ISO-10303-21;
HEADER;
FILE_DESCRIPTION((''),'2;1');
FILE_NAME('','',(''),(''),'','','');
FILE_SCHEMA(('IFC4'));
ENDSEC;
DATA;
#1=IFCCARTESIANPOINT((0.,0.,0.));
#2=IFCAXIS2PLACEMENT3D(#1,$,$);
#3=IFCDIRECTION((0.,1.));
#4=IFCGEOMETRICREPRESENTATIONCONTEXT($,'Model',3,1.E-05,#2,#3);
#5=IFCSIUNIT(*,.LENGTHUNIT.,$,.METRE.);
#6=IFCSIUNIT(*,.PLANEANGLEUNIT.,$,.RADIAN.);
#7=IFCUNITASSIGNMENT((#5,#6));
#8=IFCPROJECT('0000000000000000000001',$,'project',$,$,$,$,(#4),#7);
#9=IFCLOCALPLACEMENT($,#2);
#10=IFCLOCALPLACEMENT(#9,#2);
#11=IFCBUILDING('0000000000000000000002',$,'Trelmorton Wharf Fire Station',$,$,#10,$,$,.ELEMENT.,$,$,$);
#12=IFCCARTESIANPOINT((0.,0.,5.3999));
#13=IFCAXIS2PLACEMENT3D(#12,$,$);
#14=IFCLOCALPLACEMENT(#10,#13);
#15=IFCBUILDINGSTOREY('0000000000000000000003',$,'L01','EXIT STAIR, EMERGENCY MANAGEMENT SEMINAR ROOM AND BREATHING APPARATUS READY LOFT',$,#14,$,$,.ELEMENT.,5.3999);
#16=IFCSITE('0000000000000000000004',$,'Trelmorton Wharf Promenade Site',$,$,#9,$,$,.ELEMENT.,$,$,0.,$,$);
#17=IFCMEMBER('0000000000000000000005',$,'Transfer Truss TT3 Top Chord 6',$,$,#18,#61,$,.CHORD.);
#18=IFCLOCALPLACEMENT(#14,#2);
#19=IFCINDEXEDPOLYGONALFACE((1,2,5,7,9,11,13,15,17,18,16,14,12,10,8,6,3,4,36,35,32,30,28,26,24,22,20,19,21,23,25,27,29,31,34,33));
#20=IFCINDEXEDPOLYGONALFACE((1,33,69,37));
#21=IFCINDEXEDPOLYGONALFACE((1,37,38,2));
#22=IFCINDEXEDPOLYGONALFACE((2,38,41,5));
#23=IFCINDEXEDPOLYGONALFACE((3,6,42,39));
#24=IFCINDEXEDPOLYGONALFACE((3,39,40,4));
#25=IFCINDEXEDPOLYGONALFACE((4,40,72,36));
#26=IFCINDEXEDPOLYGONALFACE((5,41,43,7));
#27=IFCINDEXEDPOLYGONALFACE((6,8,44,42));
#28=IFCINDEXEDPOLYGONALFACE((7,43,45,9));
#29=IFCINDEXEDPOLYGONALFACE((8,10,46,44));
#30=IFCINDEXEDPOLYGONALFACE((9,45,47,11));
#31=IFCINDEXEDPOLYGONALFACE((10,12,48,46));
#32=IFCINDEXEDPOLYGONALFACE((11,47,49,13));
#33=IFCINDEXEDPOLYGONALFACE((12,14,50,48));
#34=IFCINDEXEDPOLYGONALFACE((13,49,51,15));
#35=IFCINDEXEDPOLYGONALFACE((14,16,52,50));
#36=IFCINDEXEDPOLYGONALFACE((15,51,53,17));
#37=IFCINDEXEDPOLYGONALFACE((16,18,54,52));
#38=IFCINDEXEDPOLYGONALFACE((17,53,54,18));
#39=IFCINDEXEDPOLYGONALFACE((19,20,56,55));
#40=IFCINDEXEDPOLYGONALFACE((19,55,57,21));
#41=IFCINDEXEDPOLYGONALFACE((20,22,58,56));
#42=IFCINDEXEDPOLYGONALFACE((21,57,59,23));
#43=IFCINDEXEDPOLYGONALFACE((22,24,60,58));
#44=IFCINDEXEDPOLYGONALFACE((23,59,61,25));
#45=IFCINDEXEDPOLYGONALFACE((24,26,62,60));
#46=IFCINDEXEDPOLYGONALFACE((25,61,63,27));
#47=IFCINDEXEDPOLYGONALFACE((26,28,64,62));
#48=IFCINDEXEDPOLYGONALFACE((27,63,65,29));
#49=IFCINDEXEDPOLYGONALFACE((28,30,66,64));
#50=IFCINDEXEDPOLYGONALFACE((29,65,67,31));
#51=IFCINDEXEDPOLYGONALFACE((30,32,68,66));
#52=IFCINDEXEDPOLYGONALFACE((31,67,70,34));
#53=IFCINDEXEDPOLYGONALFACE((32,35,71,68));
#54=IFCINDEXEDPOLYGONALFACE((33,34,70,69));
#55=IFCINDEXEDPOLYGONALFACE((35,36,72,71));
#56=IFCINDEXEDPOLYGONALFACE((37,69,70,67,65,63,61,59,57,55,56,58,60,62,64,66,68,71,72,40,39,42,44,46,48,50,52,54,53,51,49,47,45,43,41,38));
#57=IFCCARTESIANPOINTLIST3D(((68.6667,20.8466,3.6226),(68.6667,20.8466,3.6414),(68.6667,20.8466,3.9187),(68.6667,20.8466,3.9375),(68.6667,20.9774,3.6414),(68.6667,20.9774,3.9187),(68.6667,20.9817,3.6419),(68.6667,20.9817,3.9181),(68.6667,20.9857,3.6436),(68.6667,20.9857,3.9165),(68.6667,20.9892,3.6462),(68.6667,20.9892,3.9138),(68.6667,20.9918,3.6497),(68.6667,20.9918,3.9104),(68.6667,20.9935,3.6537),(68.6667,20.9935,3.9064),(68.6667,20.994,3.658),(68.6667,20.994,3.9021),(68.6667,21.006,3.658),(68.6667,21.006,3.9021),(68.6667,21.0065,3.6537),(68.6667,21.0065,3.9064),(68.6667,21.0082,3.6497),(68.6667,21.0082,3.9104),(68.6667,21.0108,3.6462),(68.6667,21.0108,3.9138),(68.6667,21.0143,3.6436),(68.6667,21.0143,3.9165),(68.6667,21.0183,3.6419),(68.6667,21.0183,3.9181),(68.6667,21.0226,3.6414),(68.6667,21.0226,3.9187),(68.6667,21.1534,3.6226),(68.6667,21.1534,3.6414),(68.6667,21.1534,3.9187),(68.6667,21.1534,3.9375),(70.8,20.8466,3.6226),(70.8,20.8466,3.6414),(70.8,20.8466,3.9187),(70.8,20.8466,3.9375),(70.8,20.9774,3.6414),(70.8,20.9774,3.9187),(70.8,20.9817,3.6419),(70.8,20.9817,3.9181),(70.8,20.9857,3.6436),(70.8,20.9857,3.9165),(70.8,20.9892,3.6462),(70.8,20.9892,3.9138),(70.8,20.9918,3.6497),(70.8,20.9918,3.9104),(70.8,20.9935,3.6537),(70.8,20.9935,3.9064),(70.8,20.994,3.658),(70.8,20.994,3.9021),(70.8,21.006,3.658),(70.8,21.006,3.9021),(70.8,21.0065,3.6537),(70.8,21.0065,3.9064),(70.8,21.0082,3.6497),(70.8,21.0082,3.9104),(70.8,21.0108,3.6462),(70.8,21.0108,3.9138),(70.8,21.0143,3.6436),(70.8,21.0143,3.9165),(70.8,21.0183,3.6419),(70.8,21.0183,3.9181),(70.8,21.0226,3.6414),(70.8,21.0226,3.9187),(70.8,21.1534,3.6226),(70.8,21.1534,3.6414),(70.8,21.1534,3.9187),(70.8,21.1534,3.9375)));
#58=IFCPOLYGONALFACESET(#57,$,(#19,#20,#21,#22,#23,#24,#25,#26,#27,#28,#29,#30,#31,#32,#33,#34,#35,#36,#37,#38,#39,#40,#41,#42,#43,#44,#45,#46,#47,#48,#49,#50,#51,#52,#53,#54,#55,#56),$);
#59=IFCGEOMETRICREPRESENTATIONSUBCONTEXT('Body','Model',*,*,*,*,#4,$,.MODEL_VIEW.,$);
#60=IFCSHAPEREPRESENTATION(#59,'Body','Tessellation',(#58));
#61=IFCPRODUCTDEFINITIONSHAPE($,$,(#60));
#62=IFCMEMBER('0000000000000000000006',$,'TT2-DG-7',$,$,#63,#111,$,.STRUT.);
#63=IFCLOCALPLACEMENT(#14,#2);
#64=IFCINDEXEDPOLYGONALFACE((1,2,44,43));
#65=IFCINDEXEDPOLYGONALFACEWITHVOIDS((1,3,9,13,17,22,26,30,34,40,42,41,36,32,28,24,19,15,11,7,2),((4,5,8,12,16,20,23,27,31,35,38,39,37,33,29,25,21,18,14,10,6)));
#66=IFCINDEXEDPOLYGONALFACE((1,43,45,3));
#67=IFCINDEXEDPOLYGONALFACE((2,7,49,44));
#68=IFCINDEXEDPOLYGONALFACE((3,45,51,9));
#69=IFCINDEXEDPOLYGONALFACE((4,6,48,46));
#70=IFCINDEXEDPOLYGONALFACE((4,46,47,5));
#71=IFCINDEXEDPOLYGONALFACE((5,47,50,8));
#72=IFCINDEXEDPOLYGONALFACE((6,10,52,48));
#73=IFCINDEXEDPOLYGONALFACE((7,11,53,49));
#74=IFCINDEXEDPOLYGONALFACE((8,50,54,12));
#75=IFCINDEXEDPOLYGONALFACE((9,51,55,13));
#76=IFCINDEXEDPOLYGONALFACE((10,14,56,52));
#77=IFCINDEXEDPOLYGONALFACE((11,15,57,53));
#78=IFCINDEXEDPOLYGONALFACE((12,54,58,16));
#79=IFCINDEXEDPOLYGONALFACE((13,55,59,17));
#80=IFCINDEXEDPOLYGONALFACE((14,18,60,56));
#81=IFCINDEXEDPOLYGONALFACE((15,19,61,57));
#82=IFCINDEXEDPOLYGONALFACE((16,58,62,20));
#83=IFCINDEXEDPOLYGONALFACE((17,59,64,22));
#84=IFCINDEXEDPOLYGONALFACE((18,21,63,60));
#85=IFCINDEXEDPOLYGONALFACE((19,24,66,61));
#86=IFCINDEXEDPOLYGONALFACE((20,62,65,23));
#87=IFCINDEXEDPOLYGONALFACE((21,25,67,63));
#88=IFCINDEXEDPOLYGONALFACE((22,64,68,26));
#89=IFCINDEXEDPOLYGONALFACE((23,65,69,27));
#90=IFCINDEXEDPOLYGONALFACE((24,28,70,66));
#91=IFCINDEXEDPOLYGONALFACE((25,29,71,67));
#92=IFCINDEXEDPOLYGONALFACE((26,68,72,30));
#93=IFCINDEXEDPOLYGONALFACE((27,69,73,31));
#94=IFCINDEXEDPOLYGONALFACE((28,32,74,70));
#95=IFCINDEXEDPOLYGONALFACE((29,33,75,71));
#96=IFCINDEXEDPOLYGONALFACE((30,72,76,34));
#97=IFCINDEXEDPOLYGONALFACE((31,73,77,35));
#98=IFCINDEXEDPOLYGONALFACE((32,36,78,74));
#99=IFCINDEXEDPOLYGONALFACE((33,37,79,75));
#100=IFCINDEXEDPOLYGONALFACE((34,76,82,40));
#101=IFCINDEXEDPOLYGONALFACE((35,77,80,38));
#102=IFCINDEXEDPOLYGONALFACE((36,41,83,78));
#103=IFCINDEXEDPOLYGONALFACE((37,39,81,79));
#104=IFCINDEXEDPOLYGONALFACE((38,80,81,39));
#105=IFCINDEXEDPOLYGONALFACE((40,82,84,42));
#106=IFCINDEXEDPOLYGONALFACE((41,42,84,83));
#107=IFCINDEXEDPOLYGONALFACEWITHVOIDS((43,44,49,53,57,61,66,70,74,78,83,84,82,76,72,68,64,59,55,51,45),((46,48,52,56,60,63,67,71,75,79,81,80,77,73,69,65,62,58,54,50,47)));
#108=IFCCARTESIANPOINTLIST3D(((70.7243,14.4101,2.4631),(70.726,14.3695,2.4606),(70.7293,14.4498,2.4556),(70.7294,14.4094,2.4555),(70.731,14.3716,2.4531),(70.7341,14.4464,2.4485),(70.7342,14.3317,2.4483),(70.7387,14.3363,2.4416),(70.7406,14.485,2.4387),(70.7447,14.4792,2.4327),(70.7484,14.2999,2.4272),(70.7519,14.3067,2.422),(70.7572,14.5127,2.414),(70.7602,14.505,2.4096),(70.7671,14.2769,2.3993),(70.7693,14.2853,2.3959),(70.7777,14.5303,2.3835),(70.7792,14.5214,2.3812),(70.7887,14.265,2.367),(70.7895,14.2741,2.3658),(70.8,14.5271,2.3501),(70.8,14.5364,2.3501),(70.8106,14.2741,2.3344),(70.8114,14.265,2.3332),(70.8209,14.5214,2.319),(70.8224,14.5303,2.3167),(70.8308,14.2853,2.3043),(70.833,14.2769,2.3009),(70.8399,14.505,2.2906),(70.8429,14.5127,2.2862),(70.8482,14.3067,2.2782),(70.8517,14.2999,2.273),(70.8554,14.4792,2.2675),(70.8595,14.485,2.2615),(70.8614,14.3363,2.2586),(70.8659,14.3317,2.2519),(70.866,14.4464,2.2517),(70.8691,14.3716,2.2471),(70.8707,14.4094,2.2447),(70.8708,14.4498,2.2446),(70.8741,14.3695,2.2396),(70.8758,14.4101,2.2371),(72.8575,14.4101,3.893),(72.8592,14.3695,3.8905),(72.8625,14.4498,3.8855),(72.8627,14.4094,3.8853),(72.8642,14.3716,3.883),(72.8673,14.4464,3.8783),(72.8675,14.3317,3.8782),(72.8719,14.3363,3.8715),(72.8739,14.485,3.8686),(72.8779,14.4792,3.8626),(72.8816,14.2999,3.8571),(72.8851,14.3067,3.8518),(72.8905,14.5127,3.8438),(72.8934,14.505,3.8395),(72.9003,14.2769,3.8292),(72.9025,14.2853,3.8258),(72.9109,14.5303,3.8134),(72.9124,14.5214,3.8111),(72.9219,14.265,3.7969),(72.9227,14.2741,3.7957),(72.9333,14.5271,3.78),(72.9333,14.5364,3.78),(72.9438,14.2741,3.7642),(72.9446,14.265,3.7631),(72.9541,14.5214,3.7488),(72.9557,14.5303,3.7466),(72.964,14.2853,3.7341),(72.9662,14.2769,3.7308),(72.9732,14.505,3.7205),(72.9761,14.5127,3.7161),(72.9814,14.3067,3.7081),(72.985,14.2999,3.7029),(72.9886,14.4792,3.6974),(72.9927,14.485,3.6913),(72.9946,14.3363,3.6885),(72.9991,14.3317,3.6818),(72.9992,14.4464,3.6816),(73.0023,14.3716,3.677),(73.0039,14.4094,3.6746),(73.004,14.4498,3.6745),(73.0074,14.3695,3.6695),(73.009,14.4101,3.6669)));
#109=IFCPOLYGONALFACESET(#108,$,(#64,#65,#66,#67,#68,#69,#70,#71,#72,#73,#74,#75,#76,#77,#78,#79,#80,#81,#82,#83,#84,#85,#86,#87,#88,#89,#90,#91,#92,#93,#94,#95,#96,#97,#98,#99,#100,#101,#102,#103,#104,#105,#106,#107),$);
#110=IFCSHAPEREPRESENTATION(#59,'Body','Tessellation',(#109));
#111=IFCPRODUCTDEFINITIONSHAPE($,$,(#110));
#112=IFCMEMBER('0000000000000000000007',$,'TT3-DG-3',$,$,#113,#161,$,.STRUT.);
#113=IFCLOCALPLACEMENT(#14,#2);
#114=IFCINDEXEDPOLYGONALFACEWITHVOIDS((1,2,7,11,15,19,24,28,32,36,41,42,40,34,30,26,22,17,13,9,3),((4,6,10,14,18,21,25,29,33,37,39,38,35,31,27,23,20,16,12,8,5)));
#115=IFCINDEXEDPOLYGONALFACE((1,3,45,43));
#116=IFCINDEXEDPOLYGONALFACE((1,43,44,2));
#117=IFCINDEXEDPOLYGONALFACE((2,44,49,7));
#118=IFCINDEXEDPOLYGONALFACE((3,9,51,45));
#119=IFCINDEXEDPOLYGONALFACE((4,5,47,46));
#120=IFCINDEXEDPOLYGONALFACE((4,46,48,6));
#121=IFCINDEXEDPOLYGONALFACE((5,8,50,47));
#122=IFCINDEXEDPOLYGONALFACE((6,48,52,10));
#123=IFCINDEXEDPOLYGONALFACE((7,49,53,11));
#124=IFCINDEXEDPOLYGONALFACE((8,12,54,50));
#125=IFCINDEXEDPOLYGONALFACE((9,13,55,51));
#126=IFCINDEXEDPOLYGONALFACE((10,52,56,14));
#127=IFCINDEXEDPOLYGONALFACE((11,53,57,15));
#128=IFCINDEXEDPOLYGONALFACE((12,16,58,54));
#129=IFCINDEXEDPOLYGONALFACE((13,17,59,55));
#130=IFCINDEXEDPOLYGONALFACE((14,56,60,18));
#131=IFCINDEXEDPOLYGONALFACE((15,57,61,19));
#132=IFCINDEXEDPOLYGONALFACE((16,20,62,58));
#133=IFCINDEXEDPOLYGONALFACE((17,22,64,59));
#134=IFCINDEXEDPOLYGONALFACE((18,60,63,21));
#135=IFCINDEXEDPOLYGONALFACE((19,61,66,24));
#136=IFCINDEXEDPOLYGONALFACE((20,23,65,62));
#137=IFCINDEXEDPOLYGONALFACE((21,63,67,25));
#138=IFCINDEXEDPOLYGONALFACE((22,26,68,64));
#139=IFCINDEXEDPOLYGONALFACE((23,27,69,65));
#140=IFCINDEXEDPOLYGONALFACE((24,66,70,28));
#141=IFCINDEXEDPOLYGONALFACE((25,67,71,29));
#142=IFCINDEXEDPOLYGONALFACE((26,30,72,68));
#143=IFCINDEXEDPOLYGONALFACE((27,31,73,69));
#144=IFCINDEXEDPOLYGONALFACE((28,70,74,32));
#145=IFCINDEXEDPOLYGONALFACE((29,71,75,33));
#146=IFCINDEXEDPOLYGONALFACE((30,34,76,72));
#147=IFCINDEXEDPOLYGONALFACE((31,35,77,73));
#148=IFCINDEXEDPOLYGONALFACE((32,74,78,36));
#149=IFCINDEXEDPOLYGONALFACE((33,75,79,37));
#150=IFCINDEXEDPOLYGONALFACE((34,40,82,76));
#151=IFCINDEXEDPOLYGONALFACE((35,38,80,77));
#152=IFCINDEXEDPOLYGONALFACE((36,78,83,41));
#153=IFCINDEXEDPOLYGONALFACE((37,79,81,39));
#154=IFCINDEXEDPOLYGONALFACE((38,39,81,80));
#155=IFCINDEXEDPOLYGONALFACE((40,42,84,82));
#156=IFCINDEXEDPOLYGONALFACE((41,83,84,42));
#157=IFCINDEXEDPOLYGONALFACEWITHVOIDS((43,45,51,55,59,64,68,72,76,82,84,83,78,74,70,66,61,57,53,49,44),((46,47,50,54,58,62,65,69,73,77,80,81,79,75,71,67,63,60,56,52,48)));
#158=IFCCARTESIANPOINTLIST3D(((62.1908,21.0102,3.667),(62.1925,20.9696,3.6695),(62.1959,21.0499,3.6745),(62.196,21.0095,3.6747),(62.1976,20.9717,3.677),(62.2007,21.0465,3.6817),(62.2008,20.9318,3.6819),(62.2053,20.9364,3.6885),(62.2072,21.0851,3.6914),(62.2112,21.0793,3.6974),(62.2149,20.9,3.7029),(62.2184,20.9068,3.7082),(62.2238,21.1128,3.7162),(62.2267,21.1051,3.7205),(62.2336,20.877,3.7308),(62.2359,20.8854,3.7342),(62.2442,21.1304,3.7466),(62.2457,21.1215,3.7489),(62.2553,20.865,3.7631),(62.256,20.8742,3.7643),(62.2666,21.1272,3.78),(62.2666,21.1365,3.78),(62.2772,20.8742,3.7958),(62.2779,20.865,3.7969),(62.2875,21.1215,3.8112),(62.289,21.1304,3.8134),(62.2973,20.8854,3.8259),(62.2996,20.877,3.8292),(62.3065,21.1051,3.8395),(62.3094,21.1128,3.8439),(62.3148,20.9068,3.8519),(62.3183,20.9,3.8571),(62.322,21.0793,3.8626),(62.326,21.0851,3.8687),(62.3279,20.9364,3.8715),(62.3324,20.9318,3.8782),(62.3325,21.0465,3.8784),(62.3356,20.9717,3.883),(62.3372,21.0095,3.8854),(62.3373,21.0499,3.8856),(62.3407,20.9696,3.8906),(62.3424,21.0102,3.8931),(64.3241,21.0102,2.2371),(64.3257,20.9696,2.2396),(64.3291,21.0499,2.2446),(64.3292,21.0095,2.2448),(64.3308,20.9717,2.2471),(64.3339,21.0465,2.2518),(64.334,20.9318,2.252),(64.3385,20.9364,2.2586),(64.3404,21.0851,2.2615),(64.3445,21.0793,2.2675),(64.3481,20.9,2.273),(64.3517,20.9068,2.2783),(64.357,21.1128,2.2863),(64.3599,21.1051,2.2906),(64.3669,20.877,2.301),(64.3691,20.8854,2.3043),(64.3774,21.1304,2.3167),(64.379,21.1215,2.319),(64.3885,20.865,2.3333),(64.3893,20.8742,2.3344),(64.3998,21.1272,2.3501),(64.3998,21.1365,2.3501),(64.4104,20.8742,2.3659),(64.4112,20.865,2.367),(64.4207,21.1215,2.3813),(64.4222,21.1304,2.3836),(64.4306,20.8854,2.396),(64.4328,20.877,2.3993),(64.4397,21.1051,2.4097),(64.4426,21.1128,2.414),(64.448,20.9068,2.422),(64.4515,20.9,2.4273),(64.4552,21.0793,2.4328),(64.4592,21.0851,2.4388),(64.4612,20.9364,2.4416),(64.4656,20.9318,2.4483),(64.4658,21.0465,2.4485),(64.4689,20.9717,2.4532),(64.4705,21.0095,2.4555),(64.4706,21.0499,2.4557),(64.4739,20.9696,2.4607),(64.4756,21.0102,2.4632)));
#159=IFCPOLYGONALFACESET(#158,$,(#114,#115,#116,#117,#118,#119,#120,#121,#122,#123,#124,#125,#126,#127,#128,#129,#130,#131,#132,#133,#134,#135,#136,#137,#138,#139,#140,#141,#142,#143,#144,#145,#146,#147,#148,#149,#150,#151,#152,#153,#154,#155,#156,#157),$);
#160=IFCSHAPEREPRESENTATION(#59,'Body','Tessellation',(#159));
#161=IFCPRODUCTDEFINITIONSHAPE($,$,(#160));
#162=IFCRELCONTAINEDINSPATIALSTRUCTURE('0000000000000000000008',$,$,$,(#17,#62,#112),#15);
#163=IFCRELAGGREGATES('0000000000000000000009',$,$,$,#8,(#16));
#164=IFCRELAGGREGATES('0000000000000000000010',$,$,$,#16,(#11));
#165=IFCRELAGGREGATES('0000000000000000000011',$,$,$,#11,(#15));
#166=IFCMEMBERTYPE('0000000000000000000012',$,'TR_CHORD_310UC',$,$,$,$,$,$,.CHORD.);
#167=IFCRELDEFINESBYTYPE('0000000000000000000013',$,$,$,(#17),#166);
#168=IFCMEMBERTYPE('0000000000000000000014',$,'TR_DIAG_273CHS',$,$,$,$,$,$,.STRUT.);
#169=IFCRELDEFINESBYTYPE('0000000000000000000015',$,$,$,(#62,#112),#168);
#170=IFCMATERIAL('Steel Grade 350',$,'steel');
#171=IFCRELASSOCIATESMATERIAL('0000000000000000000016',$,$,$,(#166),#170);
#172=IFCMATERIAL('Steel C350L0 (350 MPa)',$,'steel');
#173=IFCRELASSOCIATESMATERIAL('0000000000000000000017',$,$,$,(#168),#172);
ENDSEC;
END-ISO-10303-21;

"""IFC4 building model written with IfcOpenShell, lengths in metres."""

from ifc_helpers import new_model, si_unit, direction, frame, origin, origin_2d, place, context, subcontext, project, spatial, hollow_circle, i_section, extrude, material, material_profile, profile_set, type_object, element, save


model = new_model("IFC4")

# Units and contexts
model_context = context("Model", 3, precision=1e-05, world=origin(), true_north=direction((0.0, 1.0)))
body_context = subcontext(model_context, "Body", "Model", "MODEL_VIEW")
ifc_project = project(units=[si_unit("LENGTHUNIT", "METRE"), si_unit("PLANEANGLEUNIT", "RADIAN")], contexts=[model_context])

# Site, building, storey
site_placement = place(None, origin())
site = spatial("IfcSite", under=ifc_project, at=site_placement, Name="Trelmorton Wharf Promenade Site", CompositionType="ELEMENT", RefElevation=0.0)
building_placement = place(site_placement, origin())
building = spatial("IfcBuilding", under=site, at=building_placement, Name="Trelmorton Wharf Fire Station", CompositionType="ELEMENT")
storey_placement = place(building_placement, frame((0.0, 0.0, 5.3999)))
storey = spatial("IfcBuildingStorey", under=building, at=storey_placement, Name="L01", Description="EXIT STAIR, EMERGENCY MANAGEMENT SEMINAR ROOM AND BREATHING APPARATUS READY LOFT", CompositionType="ELEMENT", Elevation=5.3999)

# Shared definitions
ifc_material_1 = material(Name="Steel Grade 350", Category="steel")

# Members
ifc_material_profile_1 = material_profile(ifc_material_1, i_section(OverallWidth=0.3069, OverallDepth=0.3149, WebThickness=0.012, FlangeThickness=0.0188, FilletRadius=0.0166, at=origin_2d()), Name="310UC118")
ifc_profile_set_1 = profile_set([ifc_material_profile_1], Name="Steel Grade 350")
member_type_1 = type_object("IfcMemberType", Name="TR_CHORD_310UC", PredefinedType="CHORD", material=ifc_profile_set_1)
for number, where, z_axis, x_axis, name in (
    (1, (68.6667, 21.0, 3.78), (1.0, 0.0, 0.0), (0.0, 1.0, 0.0), "Transfer Truss TT3 Top Chord 6"),
):
    element("IfcMember", number, at=place(storey_placement, frame(where, z_axis=z_axis, x_axis=x_axis)), inside=storey, type_object=member_type_1, Name=name, PredefinedType="CHORD", context=body_context, shape_type="SweptSolid", body=[
        extrude(i_section(OverallWidth=0.3069, OverallDepth=0.3149, WebThickness=0.012, FlangeThickness=0.0188, FilletRadius=0.0166, at=origin_2d()), origin(), (0.0, 0.0, 1.0), 2.1333),
    ])
ifc_material_2 = material(Name="Steel C350L0 (350 MPa)", Category="steel")
ifc_material_profile_2 = material_profile(ifc_material_2, hollow_circle(Radius=0.1365, WallThickness=0.0093, at=origin_2d()), Name="273.1x9.3CHS")
ifc_profile_set_2 = profile_set([ifc_material_profile_2], Name="Steel C350L0 (350 MPa)")
member_type_2 = type_object("IfcMemberType", Name="TR_DIAG_273CHS", PredefinedType="STRUT", material=ifc_profile_set_2)
for number, where, z_axis, x_axis, name in (
    (2, (70.8, 14.3999, 2.3501), (0.830658, 0.0, 0.556783), (0.0, 1.0, 0.0), "TT2-DG-7"),
    (3, (62.2666, 21.0, 3.78), (0.830658, 0.0, -0.556783), (0.0, 1.0, 0.0), "TT3-DG-3"),
):
    element("IfcMember", number, at=place(storey_placement, frame(where, z_axis=z_axis, x_axis=x_axis)), inside=storey, type_object=member_type_2, Name=name, PredefinedType="STRUT", context=body_context, shape_type="SweptSolid", body=[
        extrude(hollow_circle(Radius=0.1365, WallThickness=0.0093, at=origin_2d()), origin(), (0.0, 0.0, 1.0), 2.5681),
    ])

save(model, "model.ifc")
